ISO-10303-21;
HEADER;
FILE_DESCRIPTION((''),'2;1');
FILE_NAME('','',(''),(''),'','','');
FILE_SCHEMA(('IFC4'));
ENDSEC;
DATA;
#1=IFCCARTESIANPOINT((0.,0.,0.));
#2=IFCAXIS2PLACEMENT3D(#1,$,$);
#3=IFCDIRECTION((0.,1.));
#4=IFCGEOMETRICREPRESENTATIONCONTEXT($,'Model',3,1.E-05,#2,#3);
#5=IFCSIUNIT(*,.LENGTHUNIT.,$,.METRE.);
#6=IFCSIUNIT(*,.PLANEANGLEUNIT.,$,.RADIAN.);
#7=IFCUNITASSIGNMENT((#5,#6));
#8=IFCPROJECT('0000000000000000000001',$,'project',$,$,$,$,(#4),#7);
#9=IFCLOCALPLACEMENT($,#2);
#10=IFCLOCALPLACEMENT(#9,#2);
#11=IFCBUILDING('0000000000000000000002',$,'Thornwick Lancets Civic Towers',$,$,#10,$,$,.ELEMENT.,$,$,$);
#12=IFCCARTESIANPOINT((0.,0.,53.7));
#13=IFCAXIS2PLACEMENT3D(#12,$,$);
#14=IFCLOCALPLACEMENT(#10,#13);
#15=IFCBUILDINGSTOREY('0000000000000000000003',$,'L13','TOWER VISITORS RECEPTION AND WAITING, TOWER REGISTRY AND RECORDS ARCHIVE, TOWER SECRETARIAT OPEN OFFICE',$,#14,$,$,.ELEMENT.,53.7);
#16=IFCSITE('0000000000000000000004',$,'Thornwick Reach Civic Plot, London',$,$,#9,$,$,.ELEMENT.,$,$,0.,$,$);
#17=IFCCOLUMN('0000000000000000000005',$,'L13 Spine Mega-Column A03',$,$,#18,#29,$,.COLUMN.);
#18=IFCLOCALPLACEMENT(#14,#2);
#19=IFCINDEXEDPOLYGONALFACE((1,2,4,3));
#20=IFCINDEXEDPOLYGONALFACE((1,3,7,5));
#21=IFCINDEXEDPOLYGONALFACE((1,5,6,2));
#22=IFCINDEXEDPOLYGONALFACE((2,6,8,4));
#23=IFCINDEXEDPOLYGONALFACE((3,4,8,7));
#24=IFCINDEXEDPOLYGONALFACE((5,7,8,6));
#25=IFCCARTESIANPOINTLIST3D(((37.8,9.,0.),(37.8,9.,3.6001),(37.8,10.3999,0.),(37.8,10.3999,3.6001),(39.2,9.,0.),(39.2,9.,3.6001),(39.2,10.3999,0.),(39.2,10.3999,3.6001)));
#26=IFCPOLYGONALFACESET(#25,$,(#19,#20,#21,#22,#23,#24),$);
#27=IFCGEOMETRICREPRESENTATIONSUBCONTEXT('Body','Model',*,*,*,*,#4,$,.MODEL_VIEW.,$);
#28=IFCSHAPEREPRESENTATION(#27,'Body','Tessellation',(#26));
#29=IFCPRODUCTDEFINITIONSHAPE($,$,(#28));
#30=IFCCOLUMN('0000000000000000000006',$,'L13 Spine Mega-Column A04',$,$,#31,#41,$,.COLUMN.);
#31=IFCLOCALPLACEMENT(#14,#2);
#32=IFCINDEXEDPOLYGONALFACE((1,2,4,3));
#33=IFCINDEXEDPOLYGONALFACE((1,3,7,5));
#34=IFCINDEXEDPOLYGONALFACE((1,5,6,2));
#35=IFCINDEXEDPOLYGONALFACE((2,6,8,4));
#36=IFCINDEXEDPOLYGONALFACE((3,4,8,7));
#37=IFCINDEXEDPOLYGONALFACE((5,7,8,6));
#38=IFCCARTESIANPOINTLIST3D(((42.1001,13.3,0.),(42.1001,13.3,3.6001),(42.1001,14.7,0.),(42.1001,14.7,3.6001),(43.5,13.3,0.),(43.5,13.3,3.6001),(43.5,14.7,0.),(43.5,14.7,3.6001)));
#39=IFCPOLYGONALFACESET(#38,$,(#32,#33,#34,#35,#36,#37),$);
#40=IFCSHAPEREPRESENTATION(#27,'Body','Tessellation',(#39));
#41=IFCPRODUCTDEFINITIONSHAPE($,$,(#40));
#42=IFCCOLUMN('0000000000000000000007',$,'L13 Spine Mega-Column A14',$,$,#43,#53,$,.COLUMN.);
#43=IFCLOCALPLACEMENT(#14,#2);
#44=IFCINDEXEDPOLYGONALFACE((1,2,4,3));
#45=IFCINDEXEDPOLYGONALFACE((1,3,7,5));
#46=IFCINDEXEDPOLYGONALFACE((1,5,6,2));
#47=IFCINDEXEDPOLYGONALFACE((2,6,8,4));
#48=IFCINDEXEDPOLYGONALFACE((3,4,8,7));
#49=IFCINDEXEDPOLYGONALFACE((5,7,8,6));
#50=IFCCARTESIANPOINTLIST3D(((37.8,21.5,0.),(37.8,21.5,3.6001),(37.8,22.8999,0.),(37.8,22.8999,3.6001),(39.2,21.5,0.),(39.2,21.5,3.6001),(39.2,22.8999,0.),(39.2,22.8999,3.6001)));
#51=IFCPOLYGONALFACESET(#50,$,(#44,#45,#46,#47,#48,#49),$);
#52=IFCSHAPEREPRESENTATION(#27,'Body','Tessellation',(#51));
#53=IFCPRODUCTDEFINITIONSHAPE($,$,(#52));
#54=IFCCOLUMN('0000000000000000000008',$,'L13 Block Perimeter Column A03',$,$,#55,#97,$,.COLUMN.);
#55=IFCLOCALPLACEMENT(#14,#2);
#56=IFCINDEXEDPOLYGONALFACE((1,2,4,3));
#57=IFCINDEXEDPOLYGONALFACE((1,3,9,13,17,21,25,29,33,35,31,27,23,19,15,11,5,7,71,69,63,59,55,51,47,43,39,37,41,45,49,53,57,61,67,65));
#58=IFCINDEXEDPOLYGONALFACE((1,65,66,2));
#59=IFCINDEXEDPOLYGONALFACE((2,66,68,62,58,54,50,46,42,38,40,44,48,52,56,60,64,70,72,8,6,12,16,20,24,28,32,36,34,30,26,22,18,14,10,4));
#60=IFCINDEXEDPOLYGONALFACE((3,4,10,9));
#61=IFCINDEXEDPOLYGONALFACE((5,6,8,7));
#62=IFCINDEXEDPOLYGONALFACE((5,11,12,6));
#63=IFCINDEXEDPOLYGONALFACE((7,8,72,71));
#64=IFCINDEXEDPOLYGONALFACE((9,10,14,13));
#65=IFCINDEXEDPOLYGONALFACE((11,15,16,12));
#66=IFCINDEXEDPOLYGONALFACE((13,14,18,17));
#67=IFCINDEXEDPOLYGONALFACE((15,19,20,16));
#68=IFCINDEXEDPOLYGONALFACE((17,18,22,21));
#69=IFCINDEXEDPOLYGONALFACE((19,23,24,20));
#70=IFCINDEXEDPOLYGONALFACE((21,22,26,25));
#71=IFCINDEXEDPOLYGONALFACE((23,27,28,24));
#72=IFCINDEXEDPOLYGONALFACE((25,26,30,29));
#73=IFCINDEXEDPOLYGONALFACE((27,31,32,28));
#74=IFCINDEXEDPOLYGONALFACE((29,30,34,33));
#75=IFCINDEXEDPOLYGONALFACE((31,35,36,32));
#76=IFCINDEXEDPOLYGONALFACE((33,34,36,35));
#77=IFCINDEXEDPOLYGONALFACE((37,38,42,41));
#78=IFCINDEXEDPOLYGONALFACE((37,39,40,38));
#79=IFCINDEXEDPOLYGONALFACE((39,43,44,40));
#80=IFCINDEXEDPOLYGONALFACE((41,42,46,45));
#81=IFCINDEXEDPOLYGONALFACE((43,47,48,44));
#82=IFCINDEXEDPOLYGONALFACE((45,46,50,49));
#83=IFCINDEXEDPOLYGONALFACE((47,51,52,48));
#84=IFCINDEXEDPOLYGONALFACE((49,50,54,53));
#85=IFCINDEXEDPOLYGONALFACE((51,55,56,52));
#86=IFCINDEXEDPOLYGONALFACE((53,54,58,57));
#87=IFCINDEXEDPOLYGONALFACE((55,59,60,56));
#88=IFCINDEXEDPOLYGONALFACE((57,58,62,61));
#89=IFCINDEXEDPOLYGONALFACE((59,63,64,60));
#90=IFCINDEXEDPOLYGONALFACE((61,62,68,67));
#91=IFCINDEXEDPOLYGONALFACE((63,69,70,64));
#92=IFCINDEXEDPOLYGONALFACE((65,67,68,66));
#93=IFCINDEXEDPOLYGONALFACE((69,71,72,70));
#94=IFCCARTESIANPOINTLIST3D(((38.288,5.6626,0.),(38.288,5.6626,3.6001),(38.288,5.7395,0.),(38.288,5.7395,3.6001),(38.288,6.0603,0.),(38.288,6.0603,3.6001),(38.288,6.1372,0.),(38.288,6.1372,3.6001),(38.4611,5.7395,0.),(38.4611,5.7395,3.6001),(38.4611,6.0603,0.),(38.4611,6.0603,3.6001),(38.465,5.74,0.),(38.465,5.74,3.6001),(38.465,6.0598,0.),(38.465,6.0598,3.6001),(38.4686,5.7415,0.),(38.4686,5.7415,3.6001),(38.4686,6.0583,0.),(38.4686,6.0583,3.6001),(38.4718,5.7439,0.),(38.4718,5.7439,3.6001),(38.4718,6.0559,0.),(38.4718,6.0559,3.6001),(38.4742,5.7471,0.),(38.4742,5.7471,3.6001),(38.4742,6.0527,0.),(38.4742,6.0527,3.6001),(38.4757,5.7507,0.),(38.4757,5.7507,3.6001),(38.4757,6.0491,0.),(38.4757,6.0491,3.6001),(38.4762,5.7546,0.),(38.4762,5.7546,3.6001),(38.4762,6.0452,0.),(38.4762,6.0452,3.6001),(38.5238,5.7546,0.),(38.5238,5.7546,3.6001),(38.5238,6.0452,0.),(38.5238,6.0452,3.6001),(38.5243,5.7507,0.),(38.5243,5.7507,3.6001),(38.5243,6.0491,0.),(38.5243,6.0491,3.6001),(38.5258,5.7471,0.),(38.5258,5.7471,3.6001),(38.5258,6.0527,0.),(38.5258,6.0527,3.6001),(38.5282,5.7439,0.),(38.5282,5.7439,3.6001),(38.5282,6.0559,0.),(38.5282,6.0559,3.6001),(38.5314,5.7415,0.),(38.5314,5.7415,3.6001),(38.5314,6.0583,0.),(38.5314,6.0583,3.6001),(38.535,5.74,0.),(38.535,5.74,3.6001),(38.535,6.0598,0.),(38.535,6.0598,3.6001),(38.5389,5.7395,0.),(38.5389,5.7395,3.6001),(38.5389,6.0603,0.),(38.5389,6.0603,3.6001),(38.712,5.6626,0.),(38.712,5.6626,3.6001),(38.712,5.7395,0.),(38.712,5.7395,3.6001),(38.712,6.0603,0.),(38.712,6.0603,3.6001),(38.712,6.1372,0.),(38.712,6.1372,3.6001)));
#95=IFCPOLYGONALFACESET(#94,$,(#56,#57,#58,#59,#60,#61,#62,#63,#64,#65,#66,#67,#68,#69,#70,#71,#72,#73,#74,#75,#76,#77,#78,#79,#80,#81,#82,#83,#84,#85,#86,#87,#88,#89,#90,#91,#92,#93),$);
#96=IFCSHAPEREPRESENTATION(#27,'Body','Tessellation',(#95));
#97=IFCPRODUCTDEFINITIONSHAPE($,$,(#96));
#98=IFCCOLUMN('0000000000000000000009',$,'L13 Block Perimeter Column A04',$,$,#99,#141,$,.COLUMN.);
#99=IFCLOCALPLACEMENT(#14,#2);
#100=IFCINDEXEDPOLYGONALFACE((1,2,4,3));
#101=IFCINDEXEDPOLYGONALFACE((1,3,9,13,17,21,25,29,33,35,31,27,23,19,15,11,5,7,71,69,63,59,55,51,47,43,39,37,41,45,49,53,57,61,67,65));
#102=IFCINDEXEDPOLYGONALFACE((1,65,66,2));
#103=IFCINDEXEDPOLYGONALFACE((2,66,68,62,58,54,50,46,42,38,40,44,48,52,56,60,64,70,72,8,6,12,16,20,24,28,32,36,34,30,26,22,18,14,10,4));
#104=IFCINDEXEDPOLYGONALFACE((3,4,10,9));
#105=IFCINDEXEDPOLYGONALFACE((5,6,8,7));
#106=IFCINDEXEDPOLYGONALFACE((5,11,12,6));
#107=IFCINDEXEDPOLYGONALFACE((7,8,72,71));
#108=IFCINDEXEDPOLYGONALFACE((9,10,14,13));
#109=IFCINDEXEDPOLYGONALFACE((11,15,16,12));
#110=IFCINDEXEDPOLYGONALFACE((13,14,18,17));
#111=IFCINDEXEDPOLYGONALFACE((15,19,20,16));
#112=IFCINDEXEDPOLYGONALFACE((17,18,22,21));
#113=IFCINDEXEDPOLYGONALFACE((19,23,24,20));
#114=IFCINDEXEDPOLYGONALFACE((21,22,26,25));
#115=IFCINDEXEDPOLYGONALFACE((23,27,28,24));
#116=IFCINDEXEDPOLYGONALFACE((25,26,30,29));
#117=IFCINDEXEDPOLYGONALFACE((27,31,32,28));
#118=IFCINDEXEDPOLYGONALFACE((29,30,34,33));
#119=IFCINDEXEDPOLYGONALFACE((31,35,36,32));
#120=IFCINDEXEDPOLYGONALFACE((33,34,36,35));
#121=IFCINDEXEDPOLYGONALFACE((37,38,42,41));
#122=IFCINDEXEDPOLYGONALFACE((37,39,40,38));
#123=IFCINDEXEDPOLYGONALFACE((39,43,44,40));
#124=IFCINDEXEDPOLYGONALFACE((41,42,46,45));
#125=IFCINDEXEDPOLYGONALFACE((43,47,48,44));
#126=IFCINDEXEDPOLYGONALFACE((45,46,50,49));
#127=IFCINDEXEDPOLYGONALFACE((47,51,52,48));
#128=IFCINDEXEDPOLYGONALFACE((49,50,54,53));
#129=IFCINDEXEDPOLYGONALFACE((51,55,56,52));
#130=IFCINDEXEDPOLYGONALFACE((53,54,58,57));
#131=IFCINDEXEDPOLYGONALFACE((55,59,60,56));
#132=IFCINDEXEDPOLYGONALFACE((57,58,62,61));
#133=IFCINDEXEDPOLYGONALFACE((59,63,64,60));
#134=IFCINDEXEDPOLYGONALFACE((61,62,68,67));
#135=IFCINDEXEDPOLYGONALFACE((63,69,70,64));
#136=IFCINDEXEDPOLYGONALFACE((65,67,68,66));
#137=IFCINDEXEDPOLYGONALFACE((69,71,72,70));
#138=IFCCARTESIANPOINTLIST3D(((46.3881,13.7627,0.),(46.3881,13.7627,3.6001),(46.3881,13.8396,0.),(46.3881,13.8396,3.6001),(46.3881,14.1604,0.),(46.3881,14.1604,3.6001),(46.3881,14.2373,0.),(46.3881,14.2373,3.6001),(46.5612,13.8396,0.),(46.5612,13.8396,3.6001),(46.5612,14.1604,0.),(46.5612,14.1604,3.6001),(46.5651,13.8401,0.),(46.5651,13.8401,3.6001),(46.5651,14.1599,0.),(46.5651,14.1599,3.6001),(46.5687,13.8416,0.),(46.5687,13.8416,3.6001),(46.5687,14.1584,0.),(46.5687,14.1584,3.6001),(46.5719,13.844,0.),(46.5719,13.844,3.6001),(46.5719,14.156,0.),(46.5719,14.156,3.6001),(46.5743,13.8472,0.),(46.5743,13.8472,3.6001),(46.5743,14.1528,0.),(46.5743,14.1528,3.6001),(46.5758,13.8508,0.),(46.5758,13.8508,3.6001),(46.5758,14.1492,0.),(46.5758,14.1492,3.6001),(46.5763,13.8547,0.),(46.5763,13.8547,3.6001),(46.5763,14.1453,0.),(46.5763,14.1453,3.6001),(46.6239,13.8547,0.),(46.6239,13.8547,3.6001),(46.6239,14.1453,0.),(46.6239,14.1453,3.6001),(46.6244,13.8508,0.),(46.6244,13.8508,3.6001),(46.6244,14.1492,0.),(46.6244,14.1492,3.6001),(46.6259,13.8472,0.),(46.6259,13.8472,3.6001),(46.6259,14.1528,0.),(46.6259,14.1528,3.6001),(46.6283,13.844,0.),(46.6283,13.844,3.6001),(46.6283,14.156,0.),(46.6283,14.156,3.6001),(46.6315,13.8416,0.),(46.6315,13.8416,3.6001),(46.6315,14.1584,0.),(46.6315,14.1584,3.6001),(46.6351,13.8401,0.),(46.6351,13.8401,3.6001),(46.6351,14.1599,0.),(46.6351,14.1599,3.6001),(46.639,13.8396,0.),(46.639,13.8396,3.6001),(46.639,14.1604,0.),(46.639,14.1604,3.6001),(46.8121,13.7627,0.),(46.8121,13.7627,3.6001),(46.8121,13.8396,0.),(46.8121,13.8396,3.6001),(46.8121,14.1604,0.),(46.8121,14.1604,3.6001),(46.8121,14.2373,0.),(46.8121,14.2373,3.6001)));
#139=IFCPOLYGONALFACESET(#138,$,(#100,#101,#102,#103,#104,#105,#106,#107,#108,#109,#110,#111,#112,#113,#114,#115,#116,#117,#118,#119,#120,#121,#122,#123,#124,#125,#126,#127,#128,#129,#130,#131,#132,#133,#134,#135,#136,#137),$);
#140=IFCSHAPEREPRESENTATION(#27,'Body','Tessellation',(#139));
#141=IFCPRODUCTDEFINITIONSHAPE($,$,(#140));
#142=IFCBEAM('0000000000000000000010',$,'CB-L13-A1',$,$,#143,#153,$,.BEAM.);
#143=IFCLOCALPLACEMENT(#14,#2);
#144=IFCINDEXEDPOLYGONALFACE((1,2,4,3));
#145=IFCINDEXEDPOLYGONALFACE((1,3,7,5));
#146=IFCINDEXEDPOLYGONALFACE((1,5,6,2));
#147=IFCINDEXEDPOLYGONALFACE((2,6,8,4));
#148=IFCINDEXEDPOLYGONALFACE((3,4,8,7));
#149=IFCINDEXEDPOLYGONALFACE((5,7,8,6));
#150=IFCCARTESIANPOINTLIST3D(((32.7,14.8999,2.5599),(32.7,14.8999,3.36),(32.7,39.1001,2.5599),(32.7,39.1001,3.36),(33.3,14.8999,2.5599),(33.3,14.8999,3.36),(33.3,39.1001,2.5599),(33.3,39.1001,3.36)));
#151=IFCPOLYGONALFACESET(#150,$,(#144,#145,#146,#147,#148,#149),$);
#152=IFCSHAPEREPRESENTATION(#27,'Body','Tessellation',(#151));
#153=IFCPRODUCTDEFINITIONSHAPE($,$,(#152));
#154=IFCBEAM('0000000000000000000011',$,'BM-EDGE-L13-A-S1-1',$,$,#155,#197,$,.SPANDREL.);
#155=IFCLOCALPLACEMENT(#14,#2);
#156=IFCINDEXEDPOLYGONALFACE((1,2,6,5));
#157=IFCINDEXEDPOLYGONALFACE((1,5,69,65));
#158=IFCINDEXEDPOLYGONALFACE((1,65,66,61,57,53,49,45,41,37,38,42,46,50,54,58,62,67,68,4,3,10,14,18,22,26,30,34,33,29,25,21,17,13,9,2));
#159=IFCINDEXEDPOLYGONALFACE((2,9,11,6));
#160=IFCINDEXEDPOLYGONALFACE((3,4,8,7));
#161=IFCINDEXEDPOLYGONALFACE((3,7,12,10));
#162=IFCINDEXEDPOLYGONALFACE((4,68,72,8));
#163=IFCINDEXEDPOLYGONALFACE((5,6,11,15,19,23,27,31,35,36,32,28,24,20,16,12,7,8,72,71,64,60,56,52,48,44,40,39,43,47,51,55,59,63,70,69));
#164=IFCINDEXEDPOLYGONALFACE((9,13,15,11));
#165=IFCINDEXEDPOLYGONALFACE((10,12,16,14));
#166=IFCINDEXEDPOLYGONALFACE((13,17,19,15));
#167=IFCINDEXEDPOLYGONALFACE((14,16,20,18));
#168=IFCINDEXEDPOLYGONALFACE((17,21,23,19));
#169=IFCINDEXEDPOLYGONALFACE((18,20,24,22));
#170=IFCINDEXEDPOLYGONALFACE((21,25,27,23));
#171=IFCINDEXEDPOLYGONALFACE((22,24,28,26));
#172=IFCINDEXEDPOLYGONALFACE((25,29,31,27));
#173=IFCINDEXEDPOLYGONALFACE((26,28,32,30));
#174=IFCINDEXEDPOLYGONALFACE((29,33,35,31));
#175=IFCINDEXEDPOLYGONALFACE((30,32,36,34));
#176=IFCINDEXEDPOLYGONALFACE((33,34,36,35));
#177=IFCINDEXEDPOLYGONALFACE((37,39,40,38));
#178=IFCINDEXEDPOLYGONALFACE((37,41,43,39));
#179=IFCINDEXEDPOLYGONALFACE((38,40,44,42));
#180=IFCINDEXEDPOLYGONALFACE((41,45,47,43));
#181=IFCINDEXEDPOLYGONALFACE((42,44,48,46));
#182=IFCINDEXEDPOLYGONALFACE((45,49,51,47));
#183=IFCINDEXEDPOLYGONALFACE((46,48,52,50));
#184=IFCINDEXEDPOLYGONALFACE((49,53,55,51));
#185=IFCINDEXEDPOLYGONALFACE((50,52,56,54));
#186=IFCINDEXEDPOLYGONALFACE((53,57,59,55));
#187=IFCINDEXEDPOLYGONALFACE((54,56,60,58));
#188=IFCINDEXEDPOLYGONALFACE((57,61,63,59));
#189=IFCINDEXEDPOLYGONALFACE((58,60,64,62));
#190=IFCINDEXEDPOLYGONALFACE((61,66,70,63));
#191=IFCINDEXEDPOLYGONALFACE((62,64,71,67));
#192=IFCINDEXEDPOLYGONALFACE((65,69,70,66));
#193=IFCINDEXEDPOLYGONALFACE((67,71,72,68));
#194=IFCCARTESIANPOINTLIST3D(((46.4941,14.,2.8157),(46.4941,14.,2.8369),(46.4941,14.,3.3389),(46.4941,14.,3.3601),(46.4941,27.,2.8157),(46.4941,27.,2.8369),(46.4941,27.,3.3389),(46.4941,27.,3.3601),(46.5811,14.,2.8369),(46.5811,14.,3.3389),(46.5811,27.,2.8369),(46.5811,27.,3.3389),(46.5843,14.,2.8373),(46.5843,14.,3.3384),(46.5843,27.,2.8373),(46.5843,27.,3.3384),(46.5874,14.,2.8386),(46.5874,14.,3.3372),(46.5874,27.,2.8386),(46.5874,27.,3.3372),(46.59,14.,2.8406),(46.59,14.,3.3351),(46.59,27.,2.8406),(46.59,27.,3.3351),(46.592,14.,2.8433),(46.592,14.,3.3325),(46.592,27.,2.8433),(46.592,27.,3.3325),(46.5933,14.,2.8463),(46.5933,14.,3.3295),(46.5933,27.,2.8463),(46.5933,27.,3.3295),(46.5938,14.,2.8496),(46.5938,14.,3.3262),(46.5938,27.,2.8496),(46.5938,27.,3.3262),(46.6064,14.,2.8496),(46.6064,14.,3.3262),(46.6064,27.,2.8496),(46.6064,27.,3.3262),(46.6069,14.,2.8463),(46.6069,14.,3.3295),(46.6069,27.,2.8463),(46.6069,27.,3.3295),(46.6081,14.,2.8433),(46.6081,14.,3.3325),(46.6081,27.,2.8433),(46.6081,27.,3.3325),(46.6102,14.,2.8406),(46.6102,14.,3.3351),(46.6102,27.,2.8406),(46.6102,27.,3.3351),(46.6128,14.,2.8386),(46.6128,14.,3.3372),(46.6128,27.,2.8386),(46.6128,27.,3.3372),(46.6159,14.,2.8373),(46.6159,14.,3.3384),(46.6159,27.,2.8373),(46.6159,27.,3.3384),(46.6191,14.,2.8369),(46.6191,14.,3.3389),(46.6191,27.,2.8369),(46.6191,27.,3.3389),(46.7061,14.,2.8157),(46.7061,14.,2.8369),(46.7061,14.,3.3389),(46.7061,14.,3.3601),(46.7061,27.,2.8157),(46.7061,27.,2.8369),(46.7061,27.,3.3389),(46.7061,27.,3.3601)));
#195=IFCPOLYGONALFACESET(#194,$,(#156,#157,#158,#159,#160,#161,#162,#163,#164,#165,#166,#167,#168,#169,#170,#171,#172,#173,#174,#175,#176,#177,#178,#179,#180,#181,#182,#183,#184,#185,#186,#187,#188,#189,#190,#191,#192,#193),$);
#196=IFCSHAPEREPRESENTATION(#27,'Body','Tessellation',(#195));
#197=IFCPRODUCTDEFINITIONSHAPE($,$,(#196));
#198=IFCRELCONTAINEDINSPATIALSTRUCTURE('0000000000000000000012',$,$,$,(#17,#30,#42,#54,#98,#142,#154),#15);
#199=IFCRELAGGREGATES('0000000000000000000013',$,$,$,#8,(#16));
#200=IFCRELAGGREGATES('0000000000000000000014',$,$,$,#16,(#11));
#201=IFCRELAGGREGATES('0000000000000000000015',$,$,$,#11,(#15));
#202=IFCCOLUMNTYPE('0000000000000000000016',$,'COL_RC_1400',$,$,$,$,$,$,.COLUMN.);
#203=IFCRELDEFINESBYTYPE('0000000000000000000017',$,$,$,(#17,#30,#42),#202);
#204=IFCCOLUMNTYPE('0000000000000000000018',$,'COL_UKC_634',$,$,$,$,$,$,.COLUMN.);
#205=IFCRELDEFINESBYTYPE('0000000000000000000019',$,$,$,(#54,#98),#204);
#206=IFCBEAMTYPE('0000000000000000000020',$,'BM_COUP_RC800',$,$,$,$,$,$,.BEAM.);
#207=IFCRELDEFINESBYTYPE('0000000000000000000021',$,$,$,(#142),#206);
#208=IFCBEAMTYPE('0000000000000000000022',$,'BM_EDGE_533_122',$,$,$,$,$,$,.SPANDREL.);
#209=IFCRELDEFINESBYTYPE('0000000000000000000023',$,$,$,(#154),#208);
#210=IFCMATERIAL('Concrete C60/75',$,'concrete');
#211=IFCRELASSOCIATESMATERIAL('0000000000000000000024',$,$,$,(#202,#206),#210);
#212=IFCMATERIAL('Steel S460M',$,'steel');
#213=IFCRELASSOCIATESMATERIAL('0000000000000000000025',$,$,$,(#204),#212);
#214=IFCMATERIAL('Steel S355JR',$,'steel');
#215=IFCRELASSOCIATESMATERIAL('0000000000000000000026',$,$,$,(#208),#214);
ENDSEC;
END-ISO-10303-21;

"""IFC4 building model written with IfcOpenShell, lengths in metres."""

from ifc_helpers import new_model, si_unit, direction, frame, origin, origin_2d, place, context, subcontext, project, spatial, rectangle, i_section, extrude, material, material_profile, profile_set, type_object, element, save


model = new_model("IFC4")

# Units and contexts
model_context = context("Model", 3, precision=1e-05, world=origin(), true_north=direction((0.0, 1.0)))
body_context = subcontext(model_context, "Body", "Model", "MODEL_VIEW")
ifc_project = project(units=[si_unit("LENGTHUNIT", "METRE"), si_unit("PLANEANGLEUNIT", "RADIAN")], contexts=[model_context])

# Site, building, storey
site_placement = place(None, origin())
site = spatial("IfcSite", under=ifc_project, at=site_placement, Name="Thornwick Reach Civic Plot, London", CompositionType="ELEMENT", RefElevation=0.0)
building_placement = place(site_placement, origin())
building = spatial("IfcBuilding", under=site, at=building_placement, Name="Thornwick Lancets Civic Towers", CompositionType="ELEMENT")
storey_placement = place(building_placement, frame((0.0, 0.0, 53.7)))
storey = spatial("IfcBuildingStorey", under=building, at=storey_placement, Name="L13", Description="TOWER VISITORS RECEPTION AND WAITING, TOWER REGISTRY AND RECORDS ARCHIVE, TOWER SECRETARIAT OPEN OFFICE", CompositionType="ELEMENT", Elevation=53.7)

# Columns
ifc_material_1 = material(Name="Concrete C60/75", Category="concrete")
ifc_material_profile_1 = material_profile(ifc_material_1, rectangle(XDim=1.3999, YDim=1.3999, at=origin_2d()), Name="RC 1400x1400")
ifc_profile_set_1 = profile_set([ifc_material_profile_1], Name="Concrete C60/75")
column_type_1 = type_object("IfcColumnType", Name="COL_RC_1400", PredefinedType="COLUMN", material=ifc_profile_set_1)
for number, where, z_axis, x_axis, name in (
    (1, (38.5, 9.7, 0.0), (0.0, 0.0, 1.0), (1.0, 0.0, 0.0), "L13 Spine Mega-Column A03"),
    (2, (42.8, 14.0, 0.0), (0.0, 0.0, 1.0), (1.0, 0.0, 0.0), "L13 Spine Mega-Column A04"),
    (3, (38.5, 22.2, 0.0), (0.0, 0.0, 1.0), (1.0, 0.0, 0.0), "L13 Spine Mega-Column A14"),
):
    element("IfcColumn", number, at=place(storey_placement, frame(where, z_axis=z_axis, x_axis=x_axis)), inside=storey, type_object=column_type_1, Name=name, PredefinedType="COLUMN", context=body_context, shape_type="SweptSolid", body=[
        extrude(rectangle(XDim=1.3999, YDim=1.3999, at=origin_2d()), origin(), (0.0, 0.0, 1.0), 3.6001),
    ])
ifc_material_2 = material(Name="Steel S460M", Category="steel")
ifc_material_profile_2 = material_profile(ifc_material_2, i_section(OverallWidth=0.4241, OverallDepth=0.4746, WebThickness=0.0476, FlangeThickness=0.0769, FilletRadius=0.0151, at=origin_2d()), Name="UKC 356x406x634")
ifc_profile_set_2 = profile_set([ifc_material_profile_2], Name="Steel S460M")
column_type_2 = type_object("IfcColumnType", Name="COL_UKC_634", PredefinedType="COLUMN", material=ifc_profile_set_2)
for number, where, z_axis, x_axis, name in (
    (4, (38.5, 5.8999, 0.0), (0.0, 0.0, 1.0), (1.0, 0.0, 0.0), "L13 Block Perimeter Column A03"),
    (5, (46.6001, 14.0, 0.0), (0.0, 0.0, 1.0), (1.0, 0.0, 0.0), "L13 Block Perimeter Column A04"),
):
    element("IfcColumn", number, at=place(storey_placement, frame(where, z_axis=z_axis, x_axis=x_axis)), inside=storey, type_object=column_type_2, Name=name, PredefinedType="COLUMN", context=body_context, shape_type="SweptSolid", body=[
        extrude(i_section(OverallWidth=0.4241, OverallDepth=0.4746, WebThickness=0.0476, FlangeThickness=0.0769, FilletRadius=0.0151, at=origin_2d()), origin(), (0.0, 0.0, 1.0), 3.6001),
    ])

# Beams
ifc_material_profile_3 = material_profile(ifc_material_1, rectangle(XDim=0.6001, YDim=0.8, at=origin_2d()), Name="RC 600x800")
ifc_profile_set_3 = profile_set([ifc_material_profile_3], Name="Concrete C60/75")
beam_type_1 = type_object("IfcBeamType", Name="BM_COUP_RC800", PredefinedType="BEAM", material=ifc_profile_set_3)
beam_1_placement = place(storey_placement, frame((33.0, 14.8999, 2.96), z_axis=(0.0, 1.0, 0.0), x_axis=(-1.0, 0.0, 0.0)))
element("IfcBeam", 6, at=beam_1_placement, inside=storey, type_object=beam_type_1, Name="CB-L13-A1", PredefinedType="BEAM", context=body_context, shape_type="SweptSolid", body=[
    extrude(rectangle(XDim=0.6001, YDim=0.8, at=origin_2d()), origin(), (0.0, 0.0, 1.0), 24.2002),
])
ifc_material_3 = material(Name="Steel S355JR", Category="steel")
ifc_material_profile_4 = material_profile(ifc_material_3, i_section(OverallWidth=0.2119, OverallDepth=0.5444, WebThickness=0.0127, FlangeThickness=0.0212, FilletRadius=0.0127, at=origin_2d()), Name="UKB 533x210x122")
ifc_profile_set_4 = profile_set([ifc_material_profile_4], Name="Steel S355JR")
beam_type_2 = type_object("IfcBeamType", Name="BM_EDGE_533_122", PredefinedType="SPANDREL", material=ifc_profile_set_4)
beam_2_placement = place(storey_placement, frame((46.6001, 14.0, 3.0879), z_axis=(0.0, 1.0, 0.0), x_axis=(-1.0, 0.0, 0.0)))
element("IfcBeam", 7, at=beam_2_placement, inside=storey, type_object=beam_type_2, Name="BM-EDGE-L13-A-S1-1", PredefinedType="SPANDREL", context=body_context, shape_type="SweptSolid", body=[
    extrude(i_section(OverallWidth=0.2119, OverallDepth=0.5444, WebThickness=0.0127, FlangeThickness=0.0212, FilletRadius=0.0127, at=origin_2d()), origin(), (0.0, 0.0, 1.0), 13.0),
])

save(model, "model.ifc")
